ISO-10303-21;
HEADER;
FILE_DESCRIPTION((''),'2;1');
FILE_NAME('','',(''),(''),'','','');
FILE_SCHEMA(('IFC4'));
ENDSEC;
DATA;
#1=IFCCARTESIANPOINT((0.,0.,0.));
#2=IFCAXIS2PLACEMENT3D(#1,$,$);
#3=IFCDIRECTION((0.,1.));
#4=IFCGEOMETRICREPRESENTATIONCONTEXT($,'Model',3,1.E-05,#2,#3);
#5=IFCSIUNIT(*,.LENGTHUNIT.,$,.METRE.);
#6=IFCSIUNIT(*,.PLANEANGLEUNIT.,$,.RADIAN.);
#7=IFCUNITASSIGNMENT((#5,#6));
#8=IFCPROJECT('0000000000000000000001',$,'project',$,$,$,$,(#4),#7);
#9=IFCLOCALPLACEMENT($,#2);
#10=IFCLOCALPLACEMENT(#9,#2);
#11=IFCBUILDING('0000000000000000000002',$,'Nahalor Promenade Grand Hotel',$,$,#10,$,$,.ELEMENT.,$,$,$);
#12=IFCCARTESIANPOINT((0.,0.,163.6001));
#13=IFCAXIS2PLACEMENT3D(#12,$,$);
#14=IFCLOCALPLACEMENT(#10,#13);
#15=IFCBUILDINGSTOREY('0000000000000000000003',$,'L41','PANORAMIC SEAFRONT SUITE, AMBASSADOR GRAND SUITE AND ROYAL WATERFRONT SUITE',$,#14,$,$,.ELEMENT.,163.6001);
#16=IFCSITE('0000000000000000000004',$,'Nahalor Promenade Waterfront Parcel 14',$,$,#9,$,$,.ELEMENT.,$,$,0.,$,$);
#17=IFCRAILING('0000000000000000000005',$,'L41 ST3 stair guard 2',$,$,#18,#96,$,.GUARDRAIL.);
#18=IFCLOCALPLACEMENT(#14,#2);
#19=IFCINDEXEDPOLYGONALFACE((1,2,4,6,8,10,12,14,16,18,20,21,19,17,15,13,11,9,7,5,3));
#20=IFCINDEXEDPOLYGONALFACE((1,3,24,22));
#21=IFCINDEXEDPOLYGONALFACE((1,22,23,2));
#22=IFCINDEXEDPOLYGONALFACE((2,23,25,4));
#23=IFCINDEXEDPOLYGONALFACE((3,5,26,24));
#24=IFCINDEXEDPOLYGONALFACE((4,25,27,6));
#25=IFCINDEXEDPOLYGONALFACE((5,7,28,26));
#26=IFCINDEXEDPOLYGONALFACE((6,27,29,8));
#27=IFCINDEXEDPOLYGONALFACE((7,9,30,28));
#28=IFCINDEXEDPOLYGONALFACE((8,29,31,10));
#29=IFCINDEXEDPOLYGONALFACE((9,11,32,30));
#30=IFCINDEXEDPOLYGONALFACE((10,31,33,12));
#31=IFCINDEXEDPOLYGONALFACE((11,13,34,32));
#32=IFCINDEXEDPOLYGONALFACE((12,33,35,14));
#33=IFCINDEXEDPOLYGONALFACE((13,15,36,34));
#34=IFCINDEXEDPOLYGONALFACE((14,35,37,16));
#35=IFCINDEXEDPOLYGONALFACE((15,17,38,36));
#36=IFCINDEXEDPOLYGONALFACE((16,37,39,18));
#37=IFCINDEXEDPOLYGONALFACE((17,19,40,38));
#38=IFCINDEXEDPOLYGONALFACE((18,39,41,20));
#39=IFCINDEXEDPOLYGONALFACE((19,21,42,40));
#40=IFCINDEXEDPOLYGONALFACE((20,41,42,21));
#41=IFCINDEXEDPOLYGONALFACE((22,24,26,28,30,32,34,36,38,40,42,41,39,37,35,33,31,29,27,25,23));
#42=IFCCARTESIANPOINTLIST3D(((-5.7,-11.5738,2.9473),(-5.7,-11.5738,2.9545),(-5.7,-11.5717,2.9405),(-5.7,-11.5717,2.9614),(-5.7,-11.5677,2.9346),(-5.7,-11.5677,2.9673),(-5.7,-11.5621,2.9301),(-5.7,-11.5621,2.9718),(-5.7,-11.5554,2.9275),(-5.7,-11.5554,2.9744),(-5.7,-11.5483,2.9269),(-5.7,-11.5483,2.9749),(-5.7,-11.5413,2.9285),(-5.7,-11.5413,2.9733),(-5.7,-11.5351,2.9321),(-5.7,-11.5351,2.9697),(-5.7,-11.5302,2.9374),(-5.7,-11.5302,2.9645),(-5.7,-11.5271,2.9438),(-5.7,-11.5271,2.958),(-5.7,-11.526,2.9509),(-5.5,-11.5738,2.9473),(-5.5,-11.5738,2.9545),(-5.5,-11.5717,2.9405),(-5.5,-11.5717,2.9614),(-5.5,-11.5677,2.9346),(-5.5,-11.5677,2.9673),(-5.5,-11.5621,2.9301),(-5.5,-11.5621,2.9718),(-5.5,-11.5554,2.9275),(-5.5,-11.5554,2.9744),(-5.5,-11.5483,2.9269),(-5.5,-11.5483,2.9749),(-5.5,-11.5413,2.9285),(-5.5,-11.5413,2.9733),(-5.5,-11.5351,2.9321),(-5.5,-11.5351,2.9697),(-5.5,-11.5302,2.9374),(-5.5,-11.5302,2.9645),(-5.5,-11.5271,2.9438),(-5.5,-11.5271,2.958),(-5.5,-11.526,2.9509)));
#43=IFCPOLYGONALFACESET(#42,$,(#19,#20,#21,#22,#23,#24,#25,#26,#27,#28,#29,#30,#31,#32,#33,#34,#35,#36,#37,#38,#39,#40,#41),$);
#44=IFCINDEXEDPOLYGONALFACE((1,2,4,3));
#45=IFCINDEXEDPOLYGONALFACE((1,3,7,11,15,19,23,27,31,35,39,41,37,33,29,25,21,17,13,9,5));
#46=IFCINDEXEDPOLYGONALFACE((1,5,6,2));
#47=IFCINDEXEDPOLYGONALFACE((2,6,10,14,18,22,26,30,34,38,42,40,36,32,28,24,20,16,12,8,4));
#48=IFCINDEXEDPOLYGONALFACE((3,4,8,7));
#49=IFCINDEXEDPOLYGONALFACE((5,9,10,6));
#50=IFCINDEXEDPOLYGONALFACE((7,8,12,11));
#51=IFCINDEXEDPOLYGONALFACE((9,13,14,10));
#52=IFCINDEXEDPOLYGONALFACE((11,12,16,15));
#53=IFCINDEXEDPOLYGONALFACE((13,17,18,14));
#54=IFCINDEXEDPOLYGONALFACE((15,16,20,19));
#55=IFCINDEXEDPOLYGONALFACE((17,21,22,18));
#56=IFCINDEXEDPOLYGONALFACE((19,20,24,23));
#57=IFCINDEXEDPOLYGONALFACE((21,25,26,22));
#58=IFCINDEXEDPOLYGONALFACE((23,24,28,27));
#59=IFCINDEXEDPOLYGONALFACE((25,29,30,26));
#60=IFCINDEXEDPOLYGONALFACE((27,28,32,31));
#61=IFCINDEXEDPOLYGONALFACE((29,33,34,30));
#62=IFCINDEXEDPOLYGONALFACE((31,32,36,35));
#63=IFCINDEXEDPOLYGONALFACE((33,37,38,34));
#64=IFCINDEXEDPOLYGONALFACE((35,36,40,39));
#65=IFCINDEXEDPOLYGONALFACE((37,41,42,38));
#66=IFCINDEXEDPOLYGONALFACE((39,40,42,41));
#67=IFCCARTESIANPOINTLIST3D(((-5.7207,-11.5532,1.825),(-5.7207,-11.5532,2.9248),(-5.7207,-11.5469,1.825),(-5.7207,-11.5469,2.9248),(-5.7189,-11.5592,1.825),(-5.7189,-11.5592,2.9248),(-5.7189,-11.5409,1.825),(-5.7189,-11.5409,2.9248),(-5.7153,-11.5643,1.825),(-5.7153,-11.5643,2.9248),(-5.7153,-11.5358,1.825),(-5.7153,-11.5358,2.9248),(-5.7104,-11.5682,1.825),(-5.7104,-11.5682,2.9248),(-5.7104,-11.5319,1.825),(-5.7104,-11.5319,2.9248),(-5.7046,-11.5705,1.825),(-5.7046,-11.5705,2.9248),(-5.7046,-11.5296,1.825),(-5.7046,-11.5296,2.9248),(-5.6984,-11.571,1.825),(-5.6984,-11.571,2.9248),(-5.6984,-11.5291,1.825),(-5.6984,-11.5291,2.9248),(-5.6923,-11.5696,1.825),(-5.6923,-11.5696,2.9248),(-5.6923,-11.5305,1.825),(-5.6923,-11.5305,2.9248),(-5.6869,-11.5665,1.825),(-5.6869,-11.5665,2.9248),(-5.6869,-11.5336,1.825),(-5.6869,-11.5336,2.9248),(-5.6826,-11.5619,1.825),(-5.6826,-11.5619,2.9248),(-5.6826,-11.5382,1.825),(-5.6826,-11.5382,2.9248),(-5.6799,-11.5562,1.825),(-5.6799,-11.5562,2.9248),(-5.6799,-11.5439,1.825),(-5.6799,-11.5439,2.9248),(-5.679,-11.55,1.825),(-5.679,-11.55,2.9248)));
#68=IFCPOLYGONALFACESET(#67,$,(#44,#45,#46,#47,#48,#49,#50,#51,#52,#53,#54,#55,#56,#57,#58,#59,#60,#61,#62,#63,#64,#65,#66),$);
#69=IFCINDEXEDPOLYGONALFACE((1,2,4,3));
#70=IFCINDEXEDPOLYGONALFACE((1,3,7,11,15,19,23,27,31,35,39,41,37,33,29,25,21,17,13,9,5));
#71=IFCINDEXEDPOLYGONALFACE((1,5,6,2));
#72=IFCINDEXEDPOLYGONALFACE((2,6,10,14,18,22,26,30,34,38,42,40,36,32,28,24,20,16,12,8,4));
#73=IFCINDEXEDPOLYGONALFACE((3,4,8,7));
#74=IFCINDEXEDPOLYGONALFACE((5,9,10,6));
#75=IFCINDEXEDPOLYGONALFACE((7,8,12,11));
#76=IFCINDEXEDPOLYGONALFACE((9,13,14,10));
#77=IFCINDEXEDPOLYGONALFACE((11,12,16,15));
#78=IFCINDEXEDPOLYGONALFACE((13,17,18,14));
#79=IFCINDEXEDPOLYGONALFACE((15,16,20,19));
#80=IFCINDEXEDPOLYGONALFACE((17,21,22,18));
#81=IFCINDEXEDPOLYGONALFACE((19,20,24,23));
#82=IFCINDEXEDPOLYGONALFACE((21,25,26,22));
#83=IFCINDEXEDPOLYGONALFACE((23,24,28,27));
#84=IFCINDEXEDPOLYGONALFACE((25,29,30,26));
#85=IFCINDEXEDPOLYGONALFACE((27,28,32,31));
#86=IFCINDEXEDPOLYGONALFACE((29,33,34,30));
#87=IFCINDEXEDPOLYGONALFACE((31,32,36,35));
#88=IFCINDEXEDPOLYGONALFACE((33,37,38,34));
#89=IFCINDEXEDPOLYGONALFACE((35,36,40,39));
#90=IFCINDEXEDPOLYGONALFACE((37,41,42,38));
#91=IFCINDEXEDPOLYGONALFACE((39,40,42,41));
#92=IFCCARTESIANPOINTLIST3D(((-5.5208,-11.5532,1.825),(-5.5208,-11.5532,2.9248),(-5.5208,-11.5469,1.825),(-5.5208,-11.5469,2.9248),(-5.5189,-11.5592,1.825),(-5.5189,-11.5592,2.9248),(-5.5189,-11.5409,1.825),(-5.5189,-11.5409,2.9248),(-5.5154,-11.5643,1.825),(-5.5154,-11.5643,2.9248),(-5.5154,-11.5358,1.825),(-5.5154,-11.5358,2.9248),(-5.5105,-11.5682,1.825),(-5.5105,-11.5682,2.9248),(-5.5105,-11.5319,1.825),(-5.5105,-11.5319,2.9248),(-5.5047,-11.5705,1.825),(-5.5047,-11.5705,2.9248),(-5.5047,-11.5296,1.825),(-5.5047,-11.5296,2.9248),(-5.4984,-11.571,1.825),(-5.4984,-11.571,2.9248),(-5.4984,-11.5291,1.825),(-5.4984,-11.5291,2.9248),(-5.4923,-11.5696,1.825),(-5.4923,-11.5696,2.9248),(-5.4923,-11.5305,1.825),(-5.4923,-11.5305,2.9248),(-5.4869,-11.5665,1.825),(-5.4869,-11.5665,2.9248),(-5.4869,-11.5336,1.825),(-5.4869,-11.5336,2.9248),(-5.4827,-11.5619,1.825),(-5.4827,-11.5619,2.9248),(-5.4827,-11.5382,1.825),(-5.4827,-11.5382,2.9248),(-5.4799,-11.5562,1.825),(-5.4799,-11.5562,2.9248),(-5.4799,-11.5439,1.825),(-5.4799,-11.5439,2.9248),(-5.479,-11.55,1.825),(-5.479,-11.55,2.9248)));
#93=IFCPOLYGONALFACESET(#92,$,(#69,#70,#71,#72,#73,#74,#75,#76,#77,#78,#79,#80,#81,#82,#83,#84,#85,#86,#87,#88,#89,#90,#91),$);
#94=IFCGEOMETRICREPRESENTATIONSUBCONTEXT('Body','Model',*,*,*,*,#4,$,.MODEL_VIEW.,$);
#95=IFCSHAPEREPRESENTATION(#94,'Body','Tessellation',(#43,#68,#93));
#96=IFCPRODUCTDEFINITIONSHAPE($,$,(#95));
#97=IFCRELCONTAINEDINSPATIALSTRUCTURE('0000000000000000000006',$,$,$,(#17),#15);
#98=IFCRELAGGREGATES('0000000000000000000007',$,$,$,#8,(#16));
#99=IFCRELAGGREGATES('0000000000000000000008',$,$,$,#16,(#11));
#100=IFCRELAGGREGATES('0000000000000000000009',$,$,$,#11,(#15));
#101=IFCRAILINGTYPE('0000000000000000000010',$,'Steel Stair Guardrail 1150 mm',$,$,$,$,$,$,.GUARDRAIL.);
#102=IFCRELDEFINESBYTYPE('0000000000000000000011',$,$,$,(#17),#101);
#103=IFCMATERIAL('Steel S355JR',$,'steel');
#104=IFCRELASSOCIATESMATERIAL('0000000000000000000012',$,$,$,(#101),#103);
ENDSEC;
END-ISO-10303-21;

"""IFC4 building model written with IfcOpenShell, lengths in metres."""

from ifc_helpers import new_model, si_unit, direction, frame, origin, origin_2d, place, context, subcontext, project, spatial, circle, extrude, material, type_object, element, save


model = new_model("IFC4")

# Units and contexts
model_context = context("Model", 3, precision=1e-05, world=origin(), true_north=direction((0.0, 1.0)))
body_context = subcontext(model_context, "Body", "Model", "MODEL_VIEW")
ifc_project = project(units=[si_unit("LENGTHUNIT", "METRE"), si_unit("PLANEANGLEUNIT", "RADIAN")], contexts=[model_context])

# Site, building, storey
site_placement = place(None, origin())
site = spatial("IfcSite", under=ifc_project, at=site_placement, Name="Nahalor Promenade Waterfront Parcel 14", CompositionType="ELEMENT", RefElevation=0.0)
building_placement = place(site_placement, origin())
building = spatial("IfcBuilding", under=site, at=building_placement, Name="Nahalor Promenade Grand Hotel", CompositionType="ELEMENT")
storey_placement = place(building_placement, frame((0.0, 0.0, 163.6001)))
storey = spatial("IfcBuildingStorey", under=building, at=storey_placement, Name="L41", Description="PANORAMIC SEAFRONT SUITE, AMBASSADOR GRAND SUITE AND ROYAL WATERFRONT SUITE", CompositionType="ELEMENT", Elevation=163.6001)

# Shared definitions
ifc_material_1 = material(Name="Steel S355JR", Category="steel")

# Railing
railing_type_1 = type_object("IfcRailingType", Name="Steel Stair Guardrail 1150 mm", PredefinedType="GUARDRAIL", material=ifc_material_1)
railing_1_placement = place(storey_placement, frame((-5.7, -11.55, 1.825)))
element("IfcRailing", 1, at=railing_1_placement, inside=storey, type_object=railing_type_1, Name="L41 ST3 stair guard 2", PredefinedType="GUARDRAIL", context=body_context, shape_type="SweptSolid", body=[
    extrude(circle(Radius=0.024, at=origin_2d()), frame((0.0, 0.0, 1.126), z_axis=(1.0, 0.0, 0.0), x_axis=(0.0, 1.0, 0.0)), (0.0, 0.0, 1.0), 0.2),
    extrude(circle(Radius=0.021, at=origin_2d()), origin(), (0.0, 0.0, 1.0), 1.0999),
    extrude(circle(Radius=0.021, at=origin_2d()), frame((0.2, 0.0, 0.0)), (0.0, 0.0, 1.0), 1.0999),
])

save(model, "model.ifc")
